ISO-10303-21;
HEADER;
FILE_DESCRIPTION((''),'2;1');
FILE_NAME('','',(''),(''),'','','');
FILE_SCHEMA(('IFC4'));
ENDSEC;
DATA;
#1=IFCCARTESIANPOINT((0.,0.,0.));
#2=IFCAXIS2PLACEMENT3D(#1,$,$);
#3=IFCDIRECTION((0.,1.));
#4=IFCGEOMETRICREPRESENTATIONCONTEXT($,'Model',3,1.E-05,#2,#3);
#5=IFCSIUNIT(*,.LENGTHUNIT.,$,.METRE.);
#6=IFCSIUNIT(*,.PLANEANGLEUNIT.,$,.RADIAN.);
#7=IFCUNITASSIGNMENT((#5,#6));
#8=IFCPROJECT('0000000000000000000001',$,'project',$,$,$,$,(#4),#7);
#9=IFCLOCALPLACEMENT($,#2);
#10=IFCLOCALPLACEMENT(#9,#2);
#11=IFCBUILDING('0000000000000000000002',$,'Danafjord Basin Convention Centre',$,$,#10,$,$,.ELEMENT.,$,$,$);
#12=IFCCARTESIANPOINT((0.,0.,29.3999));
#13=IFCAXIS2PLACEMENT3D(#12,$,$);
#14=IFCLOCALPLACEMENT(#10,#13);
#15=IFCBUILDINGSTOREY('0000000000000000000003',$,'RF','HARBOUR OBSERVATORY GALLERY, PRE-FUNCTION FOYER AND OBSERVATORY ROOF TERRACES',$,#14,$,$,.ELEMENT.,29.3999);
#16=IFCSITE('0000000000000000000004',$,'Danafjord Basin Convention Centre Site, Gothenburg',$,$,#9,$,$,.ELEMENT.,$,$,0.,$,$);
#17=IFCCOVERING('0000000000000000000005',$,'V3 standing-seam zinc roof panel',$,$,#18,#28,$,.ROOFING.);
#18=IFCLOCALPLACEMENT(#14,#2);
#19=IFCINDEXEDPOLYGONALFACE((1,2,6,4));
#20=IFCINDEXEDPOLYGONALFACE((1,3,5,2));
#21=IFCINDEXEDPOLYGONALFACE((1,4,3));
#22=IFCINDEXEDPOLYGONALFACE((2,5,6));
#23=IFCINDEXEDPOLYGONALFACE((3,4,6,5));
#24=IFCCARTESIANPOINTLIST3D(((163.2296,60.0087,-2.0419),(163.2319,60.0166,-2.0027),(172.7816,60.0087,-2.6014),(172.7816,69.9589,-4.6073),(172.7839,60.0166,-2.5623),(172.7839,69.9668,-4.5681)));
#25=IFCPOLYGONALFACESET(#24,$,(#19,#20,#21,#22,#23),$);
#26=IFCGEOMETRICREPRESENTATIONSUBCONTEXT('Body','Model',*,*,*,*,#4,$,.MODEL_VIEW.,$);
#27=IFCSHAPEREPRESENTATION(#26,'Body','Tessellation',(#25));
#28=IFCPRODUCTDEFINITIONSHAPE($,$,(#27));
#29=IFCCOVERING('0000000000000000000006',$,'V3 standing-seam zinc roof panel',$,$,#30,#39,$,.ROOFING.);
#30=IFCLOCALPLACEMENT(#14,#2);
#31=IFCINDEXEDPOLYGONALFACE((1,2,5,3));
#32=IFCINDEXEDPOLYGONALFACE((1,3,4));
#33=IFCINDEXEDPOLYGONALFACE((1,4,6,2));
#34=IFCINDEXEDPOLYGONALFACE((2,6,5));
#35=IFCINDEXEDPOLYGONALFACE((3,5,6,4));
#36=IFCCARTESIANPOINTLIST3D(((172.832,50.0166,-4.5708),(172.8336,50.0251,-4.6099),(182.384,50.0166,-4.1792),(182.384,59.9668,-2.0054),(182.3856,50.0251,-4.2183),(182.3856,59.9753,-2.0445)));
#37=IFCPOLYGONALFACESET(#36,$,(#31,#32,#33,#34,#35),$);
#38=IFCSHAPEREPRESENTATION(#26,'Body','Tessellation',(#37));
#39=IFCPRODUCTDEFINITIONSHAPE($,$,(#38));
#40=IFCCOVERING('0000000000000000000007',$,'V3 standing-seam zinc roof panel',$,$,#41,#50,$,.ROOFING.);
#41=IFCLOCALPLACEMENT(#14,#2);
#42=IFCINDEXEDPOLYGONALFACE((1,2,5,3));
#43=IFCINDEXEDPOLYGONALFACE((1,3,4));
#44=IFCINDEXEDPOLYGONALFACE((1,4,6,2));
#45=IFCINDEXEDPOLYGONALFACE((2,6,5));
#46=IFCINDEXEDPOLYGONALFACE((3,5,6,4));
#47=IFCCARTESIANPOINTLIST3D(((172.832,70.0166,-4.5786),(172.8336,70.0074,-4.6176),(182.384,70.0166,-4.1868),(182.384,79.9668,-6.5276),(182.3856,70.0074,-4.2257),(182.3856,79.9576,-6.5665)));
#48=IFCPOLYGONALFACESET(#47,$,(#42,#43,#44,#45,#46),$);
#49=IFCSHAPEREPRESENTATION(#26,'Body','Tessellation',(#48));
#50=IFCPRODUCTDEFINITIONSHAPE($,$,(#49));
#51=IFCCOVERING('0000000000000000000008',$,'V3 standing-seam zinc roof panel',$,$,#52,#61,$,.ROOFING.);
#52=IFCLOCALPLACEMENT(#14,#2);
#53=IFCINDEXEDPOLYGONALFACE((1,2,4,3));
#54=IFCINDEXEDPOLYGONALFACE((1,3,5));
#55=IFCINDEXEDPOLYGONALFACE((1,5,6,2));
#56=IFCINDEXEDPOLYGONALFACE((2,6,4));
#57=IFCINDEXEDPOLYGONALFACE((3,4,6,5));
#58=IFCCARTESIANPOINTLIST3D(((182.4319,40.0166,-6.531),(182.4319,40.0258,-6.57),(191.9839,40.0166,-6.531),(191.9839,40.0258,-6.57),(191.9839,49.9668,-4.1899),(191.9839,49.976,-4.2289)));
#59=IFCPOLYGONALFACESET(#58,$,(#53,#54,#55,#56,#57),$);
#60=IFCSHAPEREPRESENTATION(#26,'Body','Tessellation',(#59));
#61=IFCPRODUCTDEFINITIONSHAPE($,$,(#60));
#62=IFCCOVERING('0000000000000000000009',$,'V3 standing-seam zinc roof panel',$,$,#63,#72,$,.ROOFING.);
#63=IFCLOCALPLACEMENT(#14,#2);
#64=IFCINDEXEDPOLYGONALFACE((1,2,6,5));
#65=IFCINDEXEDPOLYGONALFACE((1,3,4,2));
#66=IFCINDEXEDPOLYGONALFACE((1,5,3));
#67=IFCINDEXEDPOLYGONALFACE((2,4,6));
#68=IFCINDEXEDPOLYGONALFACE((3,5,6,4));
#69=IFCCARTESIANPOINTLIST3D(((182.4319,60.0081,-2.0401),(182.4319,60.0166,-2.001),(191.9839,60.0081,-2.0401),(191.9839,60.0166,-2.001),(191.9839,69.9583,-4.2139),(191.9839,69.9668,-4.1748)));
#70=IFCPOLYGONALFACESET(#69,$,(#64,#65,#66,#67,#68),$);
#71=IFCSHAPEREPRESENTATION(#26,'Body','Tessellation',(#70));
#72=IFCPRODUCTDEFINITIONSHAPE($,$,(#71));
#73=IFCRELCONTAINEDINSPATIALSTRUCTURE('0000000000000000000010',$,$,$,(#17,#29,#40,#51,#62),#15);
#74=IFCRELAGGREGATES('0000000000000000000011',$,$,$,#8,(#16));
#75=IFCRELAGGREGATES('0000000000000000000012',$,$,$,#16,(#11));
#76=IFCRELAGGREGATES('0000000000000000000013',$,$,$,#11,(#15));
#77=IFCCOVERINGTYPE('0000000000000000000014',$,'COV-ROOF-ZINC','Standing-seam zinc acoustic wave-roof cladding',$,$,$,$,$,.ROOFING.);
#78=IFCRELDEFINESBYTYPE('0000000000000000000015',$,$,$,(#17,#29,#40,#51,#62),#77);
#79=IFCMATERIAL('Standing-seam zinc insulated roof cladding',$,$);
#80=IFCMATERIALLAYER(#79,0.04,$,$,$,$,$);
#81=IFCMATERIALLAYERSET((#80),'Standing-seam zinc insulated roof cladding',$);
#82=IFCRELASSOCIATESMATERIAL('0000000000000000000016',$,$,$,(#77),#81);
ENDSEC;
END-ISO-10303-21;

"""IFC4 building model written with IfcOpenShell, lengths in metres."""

from ifc_helpers import new_model, si_unit, direction, frame, origin, place, context, subcontext, project, spatial, polyline, outline, extrude, material, layer, layer_set, type_object, element, save


model = new_model("IFC4")

# Units and contexts
model_context = context("Model", 3, precision=1e-05, world=origin(), true_north=direction((0.0, 1.0)))
body_context = subcontext(model_context, "Body", "Model", "MODEL_VIEW")
ifc_project = project(units=[si_unit("LENGTHUNIT", "METRE"), si_unit("PLANEANGLEUNIT", "RADIAN")], contexts=[model_context])

# Site, building, storey
site_placement = place(None, origin())
site = spatial("IfcSite", under=ifc_project, at=site_placement, Name="Danafjord Basin Convention Centre Site, Gothenburg", CompositionType="ELEMENT", RefElevation=0.0)
building_placement = place(site_placement, origin())
building = spatial("IfcBuilding", under=site, at=building_placement, Name="Danafjord Basin Convention Centre", CompositionType="ELEMENT")
storey_placement = place(building_placement, frame((0.0, 0.0, 29.3999)))
storey = spatial("IfcBuildingStorey", under=building, at=storey_placement, Name="RF", Description="HARBOUR OBSERVATORY GALLERY, PRE-FUNCTION FOYER AND OBSERVATORY ROOF TERRACES", CompositionType="ELEMENT", Elevation=29.3999)

# Coverings
ifc_material_1 = material(Name="Standing-seam zinc insulated roof cladding")
ifc_layer_1 = layer(ifc_material_1, 0.04)
ifc_layer_set_1 = layer_set([ifc_layer_1], Name="Standing-seam zinc insulated roof cladding")
covering_type = type_object("IfcCoveringType", Name="COV-ROOF-ZINC", Description="Standing-seam zinc acoustic wave-roof cladding", PredefinedType="ROOFING", material=ifc_layer_set_1)
covering_1_placement = place(storey_placement, frame((163.2319, 60.0166, -2.0027), z_axis=(0.057332, 0.19729, 0.978667), x_axis=(0.998289, 0.0, -0.058481)))
element("IfcCovering", 1, at=covering_1_placement, inside=storey, type_object=covering_type, Name="V3 standing-seam zinc roof panel", PredefinedType="ROOFING", context=body_context, shape_type="SweptSolid", body=[
    extrude(outline(polyline([(0.0, 0.0), (9.5684, 0.0), (9.6857, 10.1497), (0.0, 0.0)])), origin(), (0.0, 0.0, -1.0), 0.04),
])
covering_2_placement = place(storey_placement, frame((172.832, 50.0166, -4.5708), z_axis=(-0.04002, -0.213266, 0.976174), x_axis=(0.999161, 0.0, 0.040962)))
element("IfcCovering", 2, at=covering_2_placement, inside=storey, type_object=covering_type, Name="V3 standing-seam zinc roof panel", PredefinedType="ROOFING", context=body_context, shape_type="SweptSolid", body=[
    extrude(outline(polyline([(0.0, 0.0), (9.56, 0.0), (9.6491, 10.1845), (0.0, 0.0)])), origin(), (0.0, 0.0, -1.0), 0.04),
])
covering_3_placement = place(storey_placement, frame((172.832, 70.0166, -4.5786), z_axis=(-0.0399, 0.22882, 0.972651), x_axis=(0.99916, 0.0, 0.040988)))
element("IfcCovering", 3, at=covering_3_placement, inside=storey, type_object=covering_type, Name="V3 standing-seam zinc roof panel", PredefinedType="ROOFING", context=body_context, shape_type="SweptSolid", body=[
    extrude(outline(polyline([(0.0, 0.0), (9.56, 0.0), (9.4641, 10.2214), (0.0, 0.0)])), origin(), (0.0, 0.0, -1.0), 0.04),
])
covering_4_placement = place(storey_placement, frame((182.4319, 40.0166, -6.531), z_axis=(0.0, -0.229025, 0.973421), x_axis=(1.0, 0.0, 0.0)))
element("IfcCovering", 4, at=covering_4_placement, inside=storey, type_object=covering_type, Name="V3 standing-seam zinc roof panel", PredefinedType="ROOFING", context=body_context, shape_type="SweptSolid", body=[
    extrude(outline(polyline([(0.0, 0.0), (9.552, 0.0), (9.552, 10.2219), (0.0, 0.0)])), origin(), (0.0, 0.0, -1.0), 0.04),
])
covering_5_placement = place(storey_placement, frame((182.4319, 60.0166, -2.001), z_axis=(0.0, 0.213437, 0.976957), x_axis=(1.0, 0.0, 0.0)))
element("IfcCovering", 5, at=covering_5_placement, inside=storey, type_object=covering_type, Name="V3 standing-seam zinc roof panel", PredefinedType="ROOFING", context=body_context, shape_type="SweptSolid", body=[
    extrude(outline(polyline([(0.0, 0.0), (9.552, 0.0), (9.552, 10.1849), (0.0, 0.0)])), origin(), (0.0, 0.0, -1.0), 0.04),
])

save(model, "model.ifc")
